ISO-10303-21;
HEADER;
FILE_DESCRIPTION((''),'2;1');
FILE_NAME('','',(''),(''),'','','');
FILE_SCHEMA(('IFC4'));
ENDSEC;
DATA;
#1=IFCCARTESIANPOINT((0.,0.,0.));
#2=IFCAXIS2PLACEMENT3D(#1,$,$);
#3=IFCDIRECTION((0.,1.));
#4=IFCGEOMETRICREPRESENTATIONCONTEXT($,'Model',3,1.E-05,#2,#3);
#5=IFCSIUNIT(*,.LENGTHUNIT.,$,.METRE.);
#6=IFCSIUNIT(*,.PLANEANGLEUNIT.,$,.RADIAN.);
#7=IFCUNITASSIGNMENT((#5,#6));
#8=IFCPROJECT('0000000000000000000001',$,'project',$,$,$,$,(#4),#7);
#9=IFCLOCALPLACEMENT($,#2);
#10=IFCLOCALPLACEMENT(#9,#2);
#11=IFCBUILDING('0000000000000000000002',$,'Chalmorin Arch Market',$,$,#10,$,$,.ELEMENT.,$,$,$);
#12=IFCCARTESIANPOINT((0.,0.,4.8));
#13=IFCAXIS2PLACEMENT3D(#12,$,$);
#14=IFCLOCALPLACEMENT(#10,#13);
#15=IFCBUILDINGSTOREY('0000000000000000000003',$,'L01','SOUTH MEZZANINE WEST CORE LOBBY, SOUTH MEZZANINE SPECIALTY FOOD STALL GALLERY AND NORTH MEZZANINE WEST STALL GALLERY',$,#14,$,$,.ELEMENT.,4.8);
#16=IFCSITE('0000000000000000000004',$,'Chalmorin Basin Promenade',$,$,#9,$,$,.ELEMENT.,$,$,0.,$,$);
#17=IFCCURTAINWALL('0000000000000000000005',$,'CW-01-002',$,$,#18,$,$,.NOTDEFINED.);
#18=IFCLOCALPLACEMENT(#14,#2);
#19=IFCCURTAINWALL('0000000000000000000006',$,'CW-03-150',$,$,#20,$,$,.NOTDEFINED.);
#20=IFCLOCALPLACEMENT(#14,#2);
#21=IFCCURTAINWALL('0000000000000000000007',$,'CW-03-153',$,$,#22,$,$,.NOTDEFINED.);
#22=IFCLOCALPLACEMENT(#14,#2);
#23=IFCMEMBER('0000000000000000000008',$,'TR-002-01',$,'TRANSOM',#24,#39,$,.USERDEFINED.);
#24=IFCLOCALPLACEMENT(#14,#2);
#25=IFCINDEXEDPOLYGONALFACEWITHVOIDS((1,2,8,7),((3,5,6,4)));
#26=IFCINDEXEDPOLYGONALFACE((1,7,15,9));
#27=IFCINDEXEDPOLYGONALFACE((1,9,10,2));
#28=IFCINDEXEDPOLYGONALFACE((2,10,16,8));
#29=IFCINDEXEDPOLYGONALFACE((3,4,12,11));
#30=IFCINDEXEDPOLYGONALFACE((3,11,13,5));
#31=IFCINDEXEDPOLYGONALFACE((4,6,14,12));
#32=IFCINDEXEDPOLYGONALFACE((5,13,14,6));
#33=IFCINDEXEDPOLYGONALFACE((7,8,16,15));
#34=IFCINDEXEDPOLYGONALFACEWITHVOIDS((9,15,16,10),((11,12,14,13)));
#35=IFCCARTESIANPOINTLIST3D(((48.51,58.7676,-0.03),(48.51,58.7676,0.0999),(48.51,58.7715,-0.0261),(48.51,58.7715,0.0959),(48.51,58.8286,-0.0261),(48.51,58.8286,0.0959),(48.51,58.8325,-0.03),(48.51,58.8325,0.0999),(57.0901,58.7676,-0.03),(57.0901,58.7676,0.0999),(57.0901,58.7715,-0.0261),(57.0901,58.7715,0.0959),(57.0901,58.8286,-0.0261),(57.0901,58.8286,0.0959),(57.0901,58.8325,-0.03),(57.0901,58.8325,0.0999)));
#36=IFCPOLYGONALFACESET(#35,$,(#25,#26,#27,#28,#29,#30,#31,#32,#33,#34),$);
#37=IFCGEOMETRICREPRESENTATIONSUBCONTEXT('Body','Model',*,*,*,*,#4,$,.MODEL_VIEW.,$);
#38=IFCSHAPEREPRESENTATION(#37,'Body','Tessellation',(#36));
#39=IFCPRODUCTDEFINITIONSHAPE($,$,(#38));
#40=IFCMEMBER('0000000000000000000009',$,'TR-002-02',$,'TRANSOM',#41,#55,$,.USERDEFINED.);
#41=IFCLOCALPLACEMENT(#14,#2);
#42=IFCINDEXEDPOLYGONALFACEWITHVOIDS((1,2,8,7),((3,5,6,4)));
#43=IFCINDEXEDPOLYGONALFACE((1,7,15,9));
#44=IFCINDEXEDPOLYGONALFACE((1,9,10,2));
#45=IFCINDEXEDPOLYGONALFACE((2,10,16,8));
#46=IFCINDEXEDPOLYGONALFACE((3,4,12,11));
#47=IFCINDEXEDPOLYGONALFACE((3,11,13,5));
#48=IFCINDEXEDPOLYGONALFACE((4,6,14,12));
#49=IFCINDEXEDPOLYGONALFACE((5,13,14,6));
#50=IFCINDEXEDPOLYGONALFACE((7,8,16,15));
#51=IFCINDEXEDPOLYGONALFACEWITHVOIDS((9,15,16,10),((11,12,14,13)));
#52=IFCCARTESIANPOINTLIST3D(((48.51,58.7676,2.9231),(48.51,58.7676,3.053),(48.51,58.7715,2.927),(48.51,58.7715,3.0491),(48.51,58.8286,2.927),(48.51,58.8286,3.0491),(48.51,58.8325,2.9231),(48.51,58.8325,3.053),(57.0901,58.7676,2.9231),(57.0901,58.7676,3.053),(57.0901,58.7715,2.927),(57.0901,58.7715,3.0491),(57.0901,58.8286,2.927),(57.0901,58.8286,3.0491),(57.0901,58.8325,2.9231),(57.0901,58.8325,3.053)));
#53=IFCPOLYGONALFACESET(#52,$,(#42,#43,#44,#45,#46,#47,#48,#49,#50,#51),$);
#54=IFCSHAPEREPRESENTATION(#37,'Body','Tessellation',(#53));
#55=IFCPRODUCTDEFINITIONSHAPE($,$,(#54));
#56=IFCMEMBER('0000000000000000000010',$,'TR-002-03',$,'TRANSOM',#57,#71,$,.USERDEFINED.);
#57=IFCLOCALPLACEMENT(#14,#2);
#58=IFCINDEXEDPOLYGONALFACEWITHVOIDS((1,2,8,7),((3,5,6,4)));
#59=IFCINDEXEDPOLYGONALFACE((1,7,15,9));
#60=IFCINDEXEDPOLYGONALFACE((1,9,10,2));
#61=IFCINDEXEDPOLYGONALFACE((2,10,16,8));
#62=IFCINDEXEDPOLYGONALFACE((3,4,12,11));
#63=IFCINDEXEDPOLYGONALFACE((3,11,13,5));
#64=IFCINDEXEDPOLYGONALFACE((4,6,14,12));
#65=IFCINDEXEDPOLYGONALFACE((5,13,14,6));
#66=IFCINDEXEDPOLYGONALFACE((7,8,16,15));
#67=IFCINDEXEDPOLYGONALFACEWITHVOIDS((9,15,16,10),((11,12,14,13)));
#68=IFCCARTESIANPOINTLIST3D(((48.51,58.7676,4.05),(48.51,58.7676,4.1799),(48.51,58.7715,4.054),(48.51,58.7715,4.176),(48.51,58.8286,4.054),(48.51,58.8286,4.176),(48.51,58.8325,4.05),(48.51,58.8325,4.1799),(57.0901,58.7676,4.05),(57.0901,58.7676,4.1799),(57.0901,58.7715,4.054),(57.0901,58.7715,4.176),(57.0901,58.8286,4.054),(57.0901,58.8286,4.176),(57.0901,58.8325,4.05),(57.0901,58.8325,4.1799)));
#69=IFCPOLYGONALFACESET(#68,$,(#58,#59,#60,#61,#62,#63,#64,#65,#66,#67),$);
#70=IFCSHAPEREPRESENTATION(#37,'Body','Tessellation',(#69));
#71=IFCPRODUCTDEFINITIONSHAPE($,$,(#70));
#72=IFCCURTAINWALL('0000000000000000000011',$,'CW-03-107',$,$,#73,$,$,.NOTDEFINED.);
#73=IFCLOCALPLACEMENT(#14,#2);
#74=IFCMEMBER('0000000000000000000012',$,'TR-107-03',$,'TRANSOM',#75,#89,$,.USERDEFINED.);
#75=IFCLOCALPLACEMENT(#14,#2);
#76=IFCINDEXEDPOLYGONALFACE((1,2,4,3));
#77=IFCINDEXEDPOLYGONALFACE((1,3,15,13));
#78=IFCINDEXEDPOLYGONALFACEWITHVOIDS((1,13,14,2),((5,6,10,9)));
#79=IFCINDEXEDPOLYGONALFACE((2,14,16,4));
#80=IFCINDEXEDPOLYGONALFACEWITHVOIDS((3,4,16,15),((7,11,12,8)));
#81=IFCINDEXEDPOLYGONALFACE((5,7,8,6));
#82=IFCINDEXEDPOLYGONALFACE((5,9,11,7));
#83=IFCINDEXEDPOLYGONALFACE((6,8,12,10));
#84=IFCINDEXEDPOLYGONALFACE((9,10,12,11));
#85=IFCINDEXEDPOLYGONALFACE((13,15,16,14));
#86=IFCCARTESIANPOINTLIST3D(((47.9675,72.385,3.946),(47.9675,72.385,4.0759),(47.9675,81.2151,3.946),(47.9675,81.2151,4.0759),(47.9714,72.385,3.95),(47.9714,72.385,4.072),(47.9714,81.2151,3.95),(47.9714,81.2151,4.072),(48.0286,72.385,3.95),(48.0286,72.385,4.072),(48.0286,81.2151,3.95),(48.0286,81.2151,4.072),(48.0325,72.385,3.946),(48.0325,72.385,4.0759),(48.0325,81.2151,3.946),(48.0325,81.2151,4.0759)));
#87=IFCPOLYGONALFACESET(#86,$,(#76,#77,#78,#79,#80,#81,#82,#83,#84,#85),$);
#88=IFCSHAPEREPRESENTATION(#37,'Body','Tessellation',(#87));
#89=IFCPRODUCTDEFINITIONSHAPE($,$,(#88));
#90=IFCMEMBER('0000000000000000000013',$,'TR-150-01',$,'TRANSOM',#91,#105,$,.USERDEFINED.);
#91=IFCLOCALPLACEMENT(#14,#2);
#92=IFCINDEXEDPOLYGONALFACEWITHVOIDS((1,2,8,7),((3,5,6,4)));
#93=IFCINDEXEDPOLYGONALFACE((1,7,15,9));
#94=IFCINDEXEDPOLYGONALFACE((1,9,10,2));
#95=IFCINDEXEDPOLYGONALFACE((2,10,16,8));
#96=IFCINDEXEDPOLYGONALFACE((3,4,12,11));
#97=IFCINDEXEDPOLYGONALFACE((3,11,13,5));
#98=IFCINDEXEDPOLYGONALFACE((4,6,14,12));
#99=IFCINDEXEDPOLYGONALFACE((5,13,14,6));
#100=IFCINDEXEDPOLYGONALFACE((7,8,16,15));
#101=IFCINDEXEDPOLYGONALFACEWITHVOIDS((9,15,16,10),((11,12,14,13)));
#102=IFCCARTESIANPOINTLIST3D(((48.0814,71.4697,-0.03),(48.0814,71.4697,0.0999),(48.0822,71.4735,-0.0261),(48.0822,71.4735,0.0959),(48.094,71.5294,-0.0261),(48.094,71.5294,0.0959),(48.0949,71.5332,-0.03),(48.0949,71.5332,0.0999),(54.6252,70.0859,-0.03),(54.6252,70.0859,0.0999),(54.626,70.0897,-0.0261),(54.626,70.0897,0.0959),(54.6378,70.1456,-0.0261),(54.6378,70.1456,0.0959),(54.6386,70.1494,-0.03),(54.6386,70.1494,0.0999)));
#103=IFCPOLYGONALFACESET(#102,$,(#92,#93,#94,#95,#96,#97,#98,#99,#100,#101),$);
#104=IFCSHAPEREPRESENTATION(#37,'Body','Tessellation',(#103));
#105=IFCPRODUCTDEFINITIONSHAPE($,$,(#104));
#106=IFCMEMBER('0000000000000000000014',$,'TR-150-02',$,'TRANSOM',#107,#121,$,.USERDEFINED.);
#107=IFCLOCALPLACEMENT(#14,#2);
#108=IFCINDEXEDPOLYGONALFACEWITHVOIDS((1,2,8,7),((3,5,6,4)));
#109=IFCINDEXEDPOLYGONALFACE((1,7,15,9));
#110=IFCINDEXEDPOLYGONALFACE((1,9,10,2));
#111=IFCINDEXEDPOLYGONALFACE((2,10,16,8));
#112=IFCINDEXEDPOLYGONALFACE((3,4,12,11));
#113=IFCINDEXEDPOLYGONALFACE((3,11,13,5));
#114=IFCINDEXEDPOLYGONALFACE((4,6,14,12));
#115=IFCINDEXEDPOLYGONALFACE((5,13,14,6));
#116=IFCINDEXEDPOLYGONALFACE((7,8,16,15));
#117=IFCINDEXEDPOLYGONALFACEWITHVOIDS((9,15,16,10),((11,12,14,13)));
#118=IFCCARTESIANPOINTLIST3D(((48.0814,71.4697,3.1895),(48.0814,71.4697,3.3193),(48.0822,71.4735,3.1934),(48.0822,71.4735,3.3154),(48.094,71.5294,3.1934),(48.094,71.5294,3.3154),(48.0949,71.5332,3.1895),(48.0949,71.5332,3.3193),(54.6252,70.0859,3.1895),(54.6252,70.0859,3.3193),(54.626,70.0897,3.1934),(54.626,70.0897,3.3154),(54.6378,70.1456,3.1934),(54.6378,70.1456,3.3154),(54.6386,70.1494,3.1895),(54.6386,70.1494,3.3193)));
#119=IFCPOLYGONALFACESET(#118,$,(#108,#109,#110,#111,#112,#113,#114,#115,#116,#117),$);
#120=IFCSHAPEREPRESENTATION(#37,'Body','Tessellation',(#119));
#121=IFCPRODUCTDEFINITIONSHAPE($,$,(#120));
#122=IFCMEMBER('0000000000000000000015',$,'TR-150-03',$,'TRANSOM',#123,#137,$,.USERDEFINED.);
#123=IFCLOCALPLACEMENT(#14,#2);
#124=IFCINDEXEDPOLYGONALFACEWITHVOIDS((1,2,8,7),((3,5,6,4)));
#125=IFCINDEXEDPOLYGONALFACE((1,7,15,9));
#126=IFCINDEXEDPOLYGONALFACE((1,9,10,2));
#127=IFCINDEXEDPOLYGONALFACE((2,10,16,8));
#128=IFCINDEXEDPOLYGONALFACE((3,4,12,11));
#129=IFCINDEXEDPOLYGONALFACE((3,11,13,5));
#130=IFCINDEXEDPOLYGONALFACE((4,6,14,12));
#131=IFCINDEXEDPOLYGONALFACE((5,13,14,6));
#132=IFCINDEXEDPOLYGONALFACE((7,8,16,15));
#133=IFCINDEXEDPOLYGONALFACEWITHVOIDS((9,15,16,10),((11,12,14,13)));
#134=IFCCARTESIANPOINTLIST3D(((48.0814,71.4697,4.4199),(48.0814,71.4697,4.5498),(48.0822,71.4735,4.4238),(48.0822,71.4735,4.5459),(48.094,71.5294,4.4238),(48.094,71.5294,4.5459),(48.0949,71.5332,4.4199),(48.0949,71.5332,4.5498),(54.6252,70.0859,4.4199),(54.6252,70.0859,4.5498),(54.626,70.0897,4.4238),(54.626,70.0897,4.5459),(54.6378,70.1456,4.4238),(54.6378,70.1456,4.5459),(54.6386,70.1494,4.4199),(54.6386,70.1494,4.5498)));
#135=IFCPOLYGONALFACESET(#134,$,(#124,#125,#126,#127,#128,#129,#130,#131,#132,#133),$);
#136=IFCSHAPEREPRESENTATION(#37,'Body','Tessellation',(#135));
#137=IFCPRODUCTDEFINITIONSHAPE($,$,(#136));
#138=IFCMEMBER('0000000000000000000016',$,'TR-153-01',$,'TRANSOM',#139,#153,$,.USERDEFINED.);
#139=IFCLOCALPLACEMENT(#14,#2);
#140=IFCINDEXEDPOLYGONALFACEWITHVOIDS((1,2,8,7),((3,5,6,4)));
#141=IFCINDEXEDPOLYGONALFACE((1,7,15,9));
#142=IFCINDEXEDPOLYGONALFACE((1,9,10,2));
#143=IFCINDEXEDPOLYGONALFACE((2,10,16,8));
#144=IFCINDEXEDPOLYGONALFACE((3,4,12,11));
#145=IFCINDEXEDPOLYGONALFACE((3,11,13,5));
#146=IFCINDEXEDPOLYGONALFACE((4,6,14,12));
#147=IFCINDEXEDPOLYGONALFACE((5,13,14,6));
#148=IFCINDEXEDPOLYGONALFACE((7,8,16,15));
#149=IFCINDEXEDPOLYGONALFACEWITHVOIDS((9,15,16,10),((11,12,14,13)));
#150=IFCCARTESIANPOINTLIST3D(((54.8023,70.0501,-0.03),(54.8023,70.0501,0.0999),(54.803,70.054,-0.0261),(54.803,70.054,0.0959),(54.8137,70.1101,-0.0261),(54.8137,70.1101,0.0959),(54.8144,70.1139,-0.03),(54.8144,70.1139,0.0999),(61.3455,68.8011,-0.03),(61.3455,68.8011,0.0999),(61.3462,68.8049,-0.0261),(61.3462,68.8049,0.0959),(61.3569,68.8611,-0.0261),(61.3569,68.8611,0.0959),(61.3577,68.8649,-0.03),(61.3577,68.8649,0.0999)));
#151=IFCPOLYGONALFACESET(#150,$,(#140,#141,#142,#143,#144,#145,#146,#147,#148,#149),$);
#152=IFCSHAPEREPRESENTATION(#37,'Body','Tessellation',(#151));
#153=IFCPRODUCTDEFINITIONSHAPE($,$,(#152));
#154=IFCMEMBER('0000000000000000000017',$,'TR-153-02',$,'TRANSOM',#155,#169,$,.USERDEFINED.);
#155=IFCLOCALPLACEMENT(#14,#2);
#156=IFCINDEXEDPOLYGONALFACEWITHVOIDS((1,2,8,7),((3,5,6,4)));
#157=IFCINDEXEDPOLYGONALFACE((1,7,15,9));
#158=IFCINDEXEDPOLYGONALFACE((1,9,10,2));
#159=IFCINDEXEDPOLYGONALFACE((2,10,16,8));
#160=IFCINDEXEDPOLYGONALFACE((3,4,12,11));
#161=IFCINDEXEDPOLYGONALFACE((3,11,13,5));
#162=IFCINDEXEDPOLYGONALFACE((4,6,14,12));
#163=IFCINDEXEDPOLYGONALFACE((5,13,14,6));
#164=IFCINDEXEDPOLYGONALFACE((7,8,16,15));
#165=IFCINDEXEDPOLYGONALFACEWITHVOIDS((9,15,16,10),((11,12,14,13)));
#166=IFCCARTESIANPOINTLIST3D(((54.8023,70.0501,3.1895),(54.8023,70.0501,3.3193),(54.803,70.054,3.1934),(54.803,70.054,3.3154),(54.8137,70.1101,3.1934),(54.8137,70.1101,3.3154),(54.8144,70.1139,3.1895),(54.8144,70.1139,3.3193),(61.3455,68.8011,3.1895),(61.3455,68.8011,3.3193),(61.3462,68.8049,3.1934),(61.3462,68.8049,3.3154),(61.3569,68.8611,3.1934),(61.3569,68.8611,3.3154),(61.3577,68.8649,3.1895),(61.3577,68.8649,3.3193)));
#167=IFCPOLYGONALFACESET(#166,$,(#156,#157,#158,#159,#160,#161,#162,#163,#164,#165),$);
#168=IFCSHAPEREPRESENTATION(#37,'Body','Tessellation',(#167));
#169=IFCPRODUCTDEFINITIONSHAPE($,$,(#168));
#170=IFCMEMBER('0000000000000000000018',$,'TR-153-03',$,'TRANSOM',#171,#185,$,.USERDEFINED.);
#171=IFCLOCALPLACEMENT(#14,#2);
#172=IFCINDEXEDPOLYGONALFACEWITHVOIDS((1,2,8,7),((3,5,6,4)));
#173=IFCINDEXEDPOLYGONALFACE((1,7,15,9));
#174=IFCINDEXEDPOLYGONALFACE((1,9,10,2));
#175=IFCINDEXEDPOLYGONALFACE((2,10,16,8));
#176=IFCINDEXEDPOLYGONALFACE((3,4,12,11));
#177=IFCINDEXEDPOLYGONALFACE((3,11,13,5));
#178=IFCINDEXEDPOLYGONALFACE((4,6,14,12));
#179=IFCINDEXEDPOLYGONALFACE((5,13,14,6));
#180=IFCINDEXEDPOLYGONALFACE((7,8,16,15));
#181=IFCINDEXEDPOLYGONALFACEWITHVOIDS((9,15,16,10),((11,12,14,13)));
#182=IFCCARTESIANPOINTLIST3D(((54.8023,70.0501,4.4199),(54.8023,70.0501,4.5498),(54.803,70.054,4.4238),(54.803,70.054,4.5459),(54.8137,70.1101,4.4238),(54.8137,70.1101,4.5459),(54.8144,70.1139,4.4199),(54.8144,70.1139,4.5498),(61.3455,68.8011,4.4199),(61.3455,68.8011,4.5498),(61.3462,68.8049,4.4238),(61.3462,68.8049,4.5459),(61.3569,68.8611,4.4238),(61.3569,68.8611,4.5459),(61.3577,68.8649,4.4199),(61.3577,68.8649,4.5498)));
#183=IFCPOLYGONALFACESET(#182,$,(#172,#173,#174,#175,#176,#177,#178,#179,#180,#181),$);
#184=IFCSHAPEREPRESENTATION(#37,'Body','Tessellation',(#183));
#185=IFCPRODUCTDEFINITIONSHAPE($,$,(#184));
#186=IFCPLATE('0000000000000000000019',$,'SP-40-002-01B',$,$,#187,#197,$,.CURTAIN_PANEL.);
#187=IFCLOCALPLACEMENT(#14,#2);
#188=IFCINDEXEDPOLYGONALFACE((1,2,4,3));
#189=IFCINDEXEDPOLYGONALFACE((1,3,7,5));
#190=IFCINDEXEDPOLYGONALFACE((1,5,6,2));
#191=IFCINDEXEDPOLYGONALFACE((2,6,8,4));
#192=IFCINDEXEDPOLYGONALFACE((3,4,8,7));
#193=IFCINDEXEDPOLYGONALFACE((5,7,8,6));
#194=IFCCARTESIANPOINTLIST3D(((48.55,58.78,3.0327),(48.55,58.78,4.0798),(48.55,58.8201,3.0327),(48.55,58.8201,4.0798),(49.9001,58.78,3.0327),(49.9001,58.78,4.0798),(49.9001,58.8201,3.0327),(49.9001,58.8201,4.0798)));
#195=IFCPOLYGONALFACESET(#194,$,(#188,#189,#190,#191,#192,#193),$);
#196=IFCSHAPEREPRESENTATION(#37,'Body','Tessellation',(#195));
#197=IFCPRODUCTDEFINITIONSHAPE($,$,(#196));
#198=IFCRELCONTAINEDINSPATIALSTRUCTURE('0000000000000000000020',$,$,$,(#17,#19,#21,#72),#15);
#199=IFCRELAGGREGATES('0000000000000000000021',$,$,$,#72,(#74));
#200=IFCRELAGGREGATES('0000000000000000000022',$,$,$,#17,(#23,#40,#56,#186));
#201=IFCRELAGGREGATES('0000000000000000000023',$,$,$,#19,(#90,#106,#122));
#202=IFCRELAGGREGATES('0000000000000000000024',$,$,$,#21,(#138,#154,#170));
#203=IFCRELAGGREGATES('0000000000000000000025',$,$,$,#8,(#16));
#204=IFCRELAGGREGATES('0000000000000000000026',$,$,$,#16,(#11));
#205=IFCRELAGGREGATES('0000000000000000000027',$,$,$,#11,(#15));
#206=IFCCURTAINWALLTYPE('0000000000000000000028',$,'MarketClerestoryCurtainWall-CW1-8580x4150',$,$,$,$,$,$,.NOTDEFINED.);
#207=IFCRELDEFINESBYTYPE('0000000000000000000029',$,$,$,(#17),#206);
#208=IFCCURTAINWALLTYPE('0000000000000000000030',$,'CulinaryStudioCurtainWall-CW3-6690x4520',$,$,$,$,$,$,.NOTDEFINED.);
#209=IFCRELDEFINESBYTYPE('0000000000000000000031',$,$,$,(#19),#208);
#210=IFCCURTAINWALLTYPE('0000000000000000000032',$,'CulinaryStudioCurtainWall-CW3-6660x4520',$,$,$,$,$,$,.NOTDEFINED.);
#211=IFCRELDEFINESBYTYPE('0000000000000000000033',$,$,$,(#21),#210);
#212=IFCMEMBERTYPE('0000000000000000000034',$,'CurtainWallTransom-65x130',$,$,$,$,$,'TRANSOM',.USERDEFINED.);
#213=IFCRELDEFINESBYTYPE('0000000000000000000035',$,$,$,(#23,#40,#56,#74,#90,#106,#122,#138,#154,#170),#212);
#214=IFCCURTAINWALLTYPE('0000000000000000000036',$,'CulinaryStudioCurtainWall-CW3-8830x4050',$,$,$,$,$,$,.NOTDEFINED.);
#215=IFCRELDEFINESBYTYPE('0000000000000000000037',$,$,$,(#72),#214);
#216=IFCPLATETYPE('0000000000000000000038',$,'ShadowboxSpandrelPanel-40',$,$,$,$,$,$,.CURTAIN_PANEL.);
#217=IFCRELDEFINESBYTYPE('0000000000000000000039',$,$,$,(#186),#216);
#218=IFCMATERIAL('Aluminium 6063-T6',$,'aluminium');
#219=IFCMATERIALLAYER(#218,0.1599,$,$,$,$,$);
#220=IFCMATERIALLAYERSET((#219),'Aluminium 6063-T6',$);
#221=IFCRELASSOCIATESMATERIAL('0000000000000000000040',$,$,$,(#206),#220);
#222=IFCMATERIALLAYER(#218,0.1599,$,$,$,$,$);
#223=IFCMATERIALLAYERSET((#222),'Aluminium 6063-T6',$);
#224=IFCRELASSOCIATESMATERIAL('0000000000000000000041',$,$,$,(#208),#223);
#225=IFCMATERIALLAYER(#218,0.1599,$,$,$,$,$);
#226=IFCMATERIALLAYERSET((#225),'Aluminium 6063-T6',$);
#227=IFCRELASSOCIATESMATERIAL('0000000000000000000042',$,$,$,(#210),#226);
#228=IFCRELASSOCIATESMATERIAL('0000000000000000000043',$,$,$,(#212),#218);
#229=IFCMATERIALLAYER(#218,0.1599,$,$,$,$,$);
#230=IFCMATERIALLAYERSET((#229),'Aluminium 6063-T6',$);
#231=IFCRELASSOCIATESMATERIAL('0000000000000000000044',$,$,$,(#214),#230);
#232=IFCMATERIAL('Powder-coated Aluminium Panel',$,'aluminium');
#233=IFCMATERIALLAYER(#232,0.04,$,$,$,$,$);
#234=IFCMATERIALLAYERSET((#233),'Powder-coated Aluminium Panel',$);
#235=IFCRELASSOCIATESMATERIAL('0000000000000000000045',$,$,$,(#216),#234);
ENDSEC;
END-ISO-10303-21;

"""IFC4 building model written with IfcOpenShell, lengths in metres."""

from ifc_helpers import new_model, si_unit, direction, frame, origin, origin_2d, place, context, subcontext, project, spatial, rectangle, hollow_rectangle, extrude, material, layer, layer_set, material_profile, profile_set, type_object, element, aggregate, save


model = new_model("IFC4")

# Units and contexts
model_context = context("Model", 3, precision=1e-05, world=origin(), true_north=direction((0.0, 1.0)))
body_context = subcontext(model_context, "Body", "Model", "MODEL_VIEW")
ifc_project = project(units=[si_unit("LENGTHUNIT", "METRE"), si_unit("PLANEANGLEUNIT", "RADIAN")], contexts=[model_context])

# Site, building, storey
site_placement = place(None, origin())
site = spatial("IfcSite", under=ifc_project, at=site_placement, Name="Chalmorin Basin Promenade", CompositionType="ELEMENT", RefElevation=0.0)
building_placement = place(site_placement, origin())
building = spatial("IfcBuilding", under=site, at=building_placement, Name="Chalmorin Arch Market", CompositionType="ELEMENT")
storey_placement = place(building_placement, frame((0.0, 0.0, 4.8)))
storey = spatial("IfcBuildingStorey", under=building, at=storey_placement, Name="L01", Description="SOUTH MEZZANINE WEST CORE LOBBY, SOUTH MEZZANINE SPECIALTY FOOD STALL GALLERY AND NORTH MEZZANINE WEST STALL GALLERY", CompositionType="ELEMENT", Elevation=4.8)

# Curtain walls
ifc_material_1 = material(Name="Aluminium 6063-T6", Category="aluminium")
ifc_layer_1 = layer(ifc_material_1, 0.1599)
ifc_layer_set_1 = layer_set([ifc_layer_1], Name="Aluminium 6063-T6")
curtain_wall_type_1 = type_object("IfcCurtainWallType", Name="MarketClerestoryCurtainWall-CW1-8580x4150", PredefinedType="NOTDEFINED", material=ifc_layer_set_1)
curtain_wall_1_placement = place(storey_placement, origin())
curtain_wall_1 = element("IfcCurtainWall", 1, at=curtain_wall_1_placement, inside=storey, type_object=curtain_wall_type_1, Name="CW-01-002", PredefinedType="NOTDEFINED")
ifc_layer_2 = layer(ifc_material_1, 0.1599)
ifc_layer_set_2 = layer_set([ifc_layer_2], Name="Aluminium 6063-T6")
curtain_wall_type_2 = type_object("IfcCurtainWallType", Name="CulinaryStudioCurtainWall-CW3-6690x4520", PredefinedType="NOTDEFINED", material=ifc_layer_set_2)
curtain_wall_2_placement = place(storey_placement, origin())
curtain_wall_2 = element("IfcCurtainWall", 2, at=curtain_wall_2_placement, inside=storey, type_object=curtain_wall_type_2, Name="CW-03-150", PredefinedType="NOTDEFINED")

# Curtain wall
ifc_layer_3 = layer(ifc_material_1, 0.1599)
ifc_layer_set_3 = layer_set([ifc_layer_3], Name="Aluminium 6063-T6")
curtain_wall_type_3 = type_object("IfcCurtainWallType", Name="CulinaryStudioCurtainWall-CW3-6660x4520", PredefinedType="NOTDEFINED", material=ifc_layer_set_3)
curtain_wall_3_placement = place(storey_placement, origin())
curtain_wall_3 = element("IfcCurtainWall", 3, at=curtain_wall_3_placement, inside=storey, type_object=curtain_wall_type_3, Name="CW-03-153", PredefinedType="NOTDEFINED")

# Members
ifc_material_profile_1 = material_profile(ifc_material_1, hollow_rectangle(XDim=0.0649, YDim=0.1299, WallThickness=0.0039, at=origin_2d()), Name="ALU65X130X4")
ifc_profile_set_1 = profile_set([ifc_material_profile_1], Name="Aluminium 6063-T6")
member_type_1 = type_object("IfcMemberType", Name="CurtainWallTransom-65x130", ElementType="TRANSOM", PredefinedType="USERDEFINED", material=ifc_profile_set_1)
member_1_placement = place(storey_placement, frame((48.51, 58.8, 0.0349), z_axis=(1.0, 0.0, 0.0), x_axis=(0.0, 1.0, 0.0)))
member_1 = element("IfcMember", 4, at=member_1_placement, type_object=member_type_1, Name="TR-002-01", ObjectType="TRANSOM", PredefinedType="USERDEFINED", context=body_context, shape_type="SweptSolid", body=[
    extrude(hollow_rectangle(XDim=0.0649, YDim=0.1299, WallThickness=0.0039, at=origin_2d()), origin(), (0.0, 0.0, 1.0), 8.5801),
])
member_2_placement = place(storey_placement, frame((48.51, 58.8, 2.988), z_axis=(1.0, 0.0, 0.0), x_axis=(0.0, 1.0, 0.0)))
member_2 = element("IfcMember", 5, at=member_2_placement, type_object=member_type_1, Name="TR-002-02", ObjectType="TRANSOM", PredefinedType="USERDEFINED", context=body_context, shape_type="SweptSolid", body=[
    extrude(hollow_rectangle(XDim=0.0649, YDim=0.1299, WallThickness=0.0039, at=origin_2d()), origin(), (0.0, 0.0, 1.0), 8.5801),
])
member_3_placement = place(storey_placement, frame((48.51, 58.8, 4.115), z_axis=(1.0, 0.0, 0.0), x_axis=(0.0, 1.0, 0.0)))
member_3 = element("IfcMember", 6, at=member_3_placement, type_object=member_type_1, Name="TR-002-03", ObjectType="TRANSOM", PredefinedType="USERDEFINED", context=body_context, shape_type="SweptSolid", body=[
    extrude(hollow_rectangle(XDim=0.0649, YDim=0.1299, WallThickness=0.0039, at=origin_2d()), origin(), (0.0, 0.0, 1.0), 8.5801),
])

# Curtain wall, member
ifc_layer_4 = layer(ifc_material_1, 0.1599)
ifc_layer_set_4 = layer_set([ifc_layer_4], Name="Aluminium 6063-T6")
curtain_wall_type_4 = type_object("IfcCurtainWallType", Name="CulinaryStudioCurtainWall-CW3-8830x4050", PredefinedType="NOTDEFINED", material=ifc_layer_set_4)
curtain_wall_4_placement = place(storey_placement, origin())
curtain_wall_4 = element("IfcCurtainWall", 7, at=curtain_wall_4_placement, inside=storey, type_object=curtain_wall_type_4, Name="CW-03-107", PredefinedType="NOTDEFINED")
member_4_placement = place(storey_placement, frame((48.0, 72.385, 4.011), z_axis=(0.0, 1.0, 0.0), x_axis=(-1.0, 0.0, 0.0)))
member_4 = element("IfcMember", 8, at=member_4_placement, type_object=member_type_1, Name="TR-107-03", ObjectType="TRANSOM", PredefinedType="USERDEFINED", context=body_context, shape_type="SweptSolid", body=[
    extrude(hollow_rectangle(XDim=0.0649, YDim=0.1299, WallThickness=0.0039, at=origin_2d()), origin(), (0.0, 0.0, 1.0), 8.8301),
])
aggregate(curtain_wall_4, [member_4])

# Members
member_5_placement = place(storey_placement, frame((48.0881, 71.5015, 0.0349), z_axis=(0.978363, -0.206893, 0.0), x_axis=(0.206893, 0.978363, 0.0)))
member_5 = element("IfcMember", 9, at=member_5_placement, type_object=member_type_1, Name="TR-150-01", ObjectType="TRANSOM", PredefinedType="USERDEFINED", context=body_context, shape_type="SweptSolid", body=[
    extrude(hollow_rectangle(XDim=0.0649, YDim=0.1299, WallThickness=0.0039, at=origin_2d()), origin(), (0.0, 0.0, 1.0), 6.6885),
])
member_6_placement = place(storey_placement, frame((48.0881, 71.5015, 3.2544), z_axis=(0.978363, -0.206893, 0.0), x_axis=(0.206893, 0.978363, 0.0)))
member_6 = element("IfcMember", 10, at=member_6_placement, type_object=member_type_1, Name="TR-150-02", ObjectType="TRANSOM", PredefinedType="USERDEFINED", context=body_context, shape_type="SweptSolid", body=[
    extrude(hollow_rectangle(XDim=0.0649, YDim=0.1299, WallThickness=0.0039, at=origin_2d()), origin(), (0.0, 0.0, 1.0), 6.6885),
])
member_7_placement = place(storey_placement, frame((48.0881, 71.5015, 4.4849), z_axis=(0.978363, -0.206893, 0.0), x_axis=(0.206893, 0.978363, 0.0)))
member_7 = element("IfcMember", 11, at=member_7_placement, type_object=member_type_1, Name="TR-150-03", ObjectType="TRANSOM", PredefinedType="USERDEFINED", context=body_context, shape_type="SweptSolid", body=[
    extrude(hollow_rectangle(XDim=0.0649, YDim=0.1299, WallThickness=0.0039, at=origin_2d()), origin(), (0.0, 0.0, 1.0), 6.6885),
])
member_8_placement = place(storey_placement, frame((54.8083, 70.082, 0.0349), z_axis=(0.982264, -0.187503, 0.0), x_axis=(0.187503, 0.982264, 0.0)))
member_8 = element("IfcMember", 12, at=member_8_placement, type_object=member_type_1, Name="TR-153-01", ObjectType="TRANSOM", PredefinedType="USERDEFINED", context=body_context, shape_type="SweptSolid", body=[
    extrude(hollow_rectangle(XDim=0.0649, YDim=0.1299, WallThickness=0.0039, at=origin_2d()), origin(), (0.0, 0.0, 1.0), 6.6614),
])
member_9_placement = place(storey_placement, frame((54.8083, 70.082, 3.2544), z_axis=(0.982264, -0.187503, 0.0), x_axis=(0.187503, 0.982264, 0.0)))
member_9 = element("IfcMember", 13, at=member_9_placement, type_object=member_type_1, Name="TR-153-02", ObjectType="TRANSOM", PredefinedType="USERDEFINED", context=body_context, shape_type="SweptSolid", body=[
    extrude(hollow_rectangle(XDim=0.0649, YDim=0.1299, WallThickness=0.0039, at=origin_2d()), origin(), (0.0, 0.0, 1.0), 6.6614),
])
member_10_placement = place(storey_placement, frame((54.8083, 70.082, 4.4849), z_axis=(0.982264, -0.187503, 0.0), x_axis=(0.187503, 0.982264, 0.0)))
member_10 = element("IfcMember", 14, at=member_10_placement, type_object=member_type_1, Name="TR-153-03", ObjectType="TRANSOM", PredefinedType="USERDEFINED", context=body_context, shape_type="SweptSolid", body=[
    extrude(hollow_rectangle(XDim=0.0649, YDim=0.1299, WallThickness=0.0039, at=origin_2d()), origin(), (0.0, 0.0, 1.0), 6.6614),
])

# Plate
ifc_material_2 = material(Name="Powder-coated Aluminium Panel", Category="aluminium")
ifc_layer_5 = layer(ifc_material_2, 0.04)
ifc_layer_set_5 = layer_set([ifc_layer_5], Name="Powder-coated Aluminium Panel")
plate_type_1 = type_object("IfcPlateType", Name="ShadowboxSpandrelPanel-40", PredefinedType="CURTAIN_PANEL", material=ifc_layer_set_5)
plate_1_placement = place(storey_placement, frame((49.2251, 58.8, 3.0327), z_axis=(0.0, 0.0, 1.0), x_axis=(1.0, 0.0, 0.0)))
plate_1 = element("IfcPlate", 15, at=plate_1_placement, type_object=plate_type_1, Name="SP-40-002-01B", PredefinedType="CURTAIN_PANEL", context=body_context, shape_type="SweptSolid", body=[
    extrude(rectangle(XDim=1.3501, YDim=0.04, at=origin_2d()), origin(), (0.0, 0.0, 1.0), 1.0471),
])
aggregate(curtain_wall_1, [member_1, member_2, member_3, plate_1])
aggregate(curtain_wall_2, [member_5, member_6, member_7])
aggregate(curtain_wall_3, [member_8, member_9, member_10])

save(model, "model.ifc")
